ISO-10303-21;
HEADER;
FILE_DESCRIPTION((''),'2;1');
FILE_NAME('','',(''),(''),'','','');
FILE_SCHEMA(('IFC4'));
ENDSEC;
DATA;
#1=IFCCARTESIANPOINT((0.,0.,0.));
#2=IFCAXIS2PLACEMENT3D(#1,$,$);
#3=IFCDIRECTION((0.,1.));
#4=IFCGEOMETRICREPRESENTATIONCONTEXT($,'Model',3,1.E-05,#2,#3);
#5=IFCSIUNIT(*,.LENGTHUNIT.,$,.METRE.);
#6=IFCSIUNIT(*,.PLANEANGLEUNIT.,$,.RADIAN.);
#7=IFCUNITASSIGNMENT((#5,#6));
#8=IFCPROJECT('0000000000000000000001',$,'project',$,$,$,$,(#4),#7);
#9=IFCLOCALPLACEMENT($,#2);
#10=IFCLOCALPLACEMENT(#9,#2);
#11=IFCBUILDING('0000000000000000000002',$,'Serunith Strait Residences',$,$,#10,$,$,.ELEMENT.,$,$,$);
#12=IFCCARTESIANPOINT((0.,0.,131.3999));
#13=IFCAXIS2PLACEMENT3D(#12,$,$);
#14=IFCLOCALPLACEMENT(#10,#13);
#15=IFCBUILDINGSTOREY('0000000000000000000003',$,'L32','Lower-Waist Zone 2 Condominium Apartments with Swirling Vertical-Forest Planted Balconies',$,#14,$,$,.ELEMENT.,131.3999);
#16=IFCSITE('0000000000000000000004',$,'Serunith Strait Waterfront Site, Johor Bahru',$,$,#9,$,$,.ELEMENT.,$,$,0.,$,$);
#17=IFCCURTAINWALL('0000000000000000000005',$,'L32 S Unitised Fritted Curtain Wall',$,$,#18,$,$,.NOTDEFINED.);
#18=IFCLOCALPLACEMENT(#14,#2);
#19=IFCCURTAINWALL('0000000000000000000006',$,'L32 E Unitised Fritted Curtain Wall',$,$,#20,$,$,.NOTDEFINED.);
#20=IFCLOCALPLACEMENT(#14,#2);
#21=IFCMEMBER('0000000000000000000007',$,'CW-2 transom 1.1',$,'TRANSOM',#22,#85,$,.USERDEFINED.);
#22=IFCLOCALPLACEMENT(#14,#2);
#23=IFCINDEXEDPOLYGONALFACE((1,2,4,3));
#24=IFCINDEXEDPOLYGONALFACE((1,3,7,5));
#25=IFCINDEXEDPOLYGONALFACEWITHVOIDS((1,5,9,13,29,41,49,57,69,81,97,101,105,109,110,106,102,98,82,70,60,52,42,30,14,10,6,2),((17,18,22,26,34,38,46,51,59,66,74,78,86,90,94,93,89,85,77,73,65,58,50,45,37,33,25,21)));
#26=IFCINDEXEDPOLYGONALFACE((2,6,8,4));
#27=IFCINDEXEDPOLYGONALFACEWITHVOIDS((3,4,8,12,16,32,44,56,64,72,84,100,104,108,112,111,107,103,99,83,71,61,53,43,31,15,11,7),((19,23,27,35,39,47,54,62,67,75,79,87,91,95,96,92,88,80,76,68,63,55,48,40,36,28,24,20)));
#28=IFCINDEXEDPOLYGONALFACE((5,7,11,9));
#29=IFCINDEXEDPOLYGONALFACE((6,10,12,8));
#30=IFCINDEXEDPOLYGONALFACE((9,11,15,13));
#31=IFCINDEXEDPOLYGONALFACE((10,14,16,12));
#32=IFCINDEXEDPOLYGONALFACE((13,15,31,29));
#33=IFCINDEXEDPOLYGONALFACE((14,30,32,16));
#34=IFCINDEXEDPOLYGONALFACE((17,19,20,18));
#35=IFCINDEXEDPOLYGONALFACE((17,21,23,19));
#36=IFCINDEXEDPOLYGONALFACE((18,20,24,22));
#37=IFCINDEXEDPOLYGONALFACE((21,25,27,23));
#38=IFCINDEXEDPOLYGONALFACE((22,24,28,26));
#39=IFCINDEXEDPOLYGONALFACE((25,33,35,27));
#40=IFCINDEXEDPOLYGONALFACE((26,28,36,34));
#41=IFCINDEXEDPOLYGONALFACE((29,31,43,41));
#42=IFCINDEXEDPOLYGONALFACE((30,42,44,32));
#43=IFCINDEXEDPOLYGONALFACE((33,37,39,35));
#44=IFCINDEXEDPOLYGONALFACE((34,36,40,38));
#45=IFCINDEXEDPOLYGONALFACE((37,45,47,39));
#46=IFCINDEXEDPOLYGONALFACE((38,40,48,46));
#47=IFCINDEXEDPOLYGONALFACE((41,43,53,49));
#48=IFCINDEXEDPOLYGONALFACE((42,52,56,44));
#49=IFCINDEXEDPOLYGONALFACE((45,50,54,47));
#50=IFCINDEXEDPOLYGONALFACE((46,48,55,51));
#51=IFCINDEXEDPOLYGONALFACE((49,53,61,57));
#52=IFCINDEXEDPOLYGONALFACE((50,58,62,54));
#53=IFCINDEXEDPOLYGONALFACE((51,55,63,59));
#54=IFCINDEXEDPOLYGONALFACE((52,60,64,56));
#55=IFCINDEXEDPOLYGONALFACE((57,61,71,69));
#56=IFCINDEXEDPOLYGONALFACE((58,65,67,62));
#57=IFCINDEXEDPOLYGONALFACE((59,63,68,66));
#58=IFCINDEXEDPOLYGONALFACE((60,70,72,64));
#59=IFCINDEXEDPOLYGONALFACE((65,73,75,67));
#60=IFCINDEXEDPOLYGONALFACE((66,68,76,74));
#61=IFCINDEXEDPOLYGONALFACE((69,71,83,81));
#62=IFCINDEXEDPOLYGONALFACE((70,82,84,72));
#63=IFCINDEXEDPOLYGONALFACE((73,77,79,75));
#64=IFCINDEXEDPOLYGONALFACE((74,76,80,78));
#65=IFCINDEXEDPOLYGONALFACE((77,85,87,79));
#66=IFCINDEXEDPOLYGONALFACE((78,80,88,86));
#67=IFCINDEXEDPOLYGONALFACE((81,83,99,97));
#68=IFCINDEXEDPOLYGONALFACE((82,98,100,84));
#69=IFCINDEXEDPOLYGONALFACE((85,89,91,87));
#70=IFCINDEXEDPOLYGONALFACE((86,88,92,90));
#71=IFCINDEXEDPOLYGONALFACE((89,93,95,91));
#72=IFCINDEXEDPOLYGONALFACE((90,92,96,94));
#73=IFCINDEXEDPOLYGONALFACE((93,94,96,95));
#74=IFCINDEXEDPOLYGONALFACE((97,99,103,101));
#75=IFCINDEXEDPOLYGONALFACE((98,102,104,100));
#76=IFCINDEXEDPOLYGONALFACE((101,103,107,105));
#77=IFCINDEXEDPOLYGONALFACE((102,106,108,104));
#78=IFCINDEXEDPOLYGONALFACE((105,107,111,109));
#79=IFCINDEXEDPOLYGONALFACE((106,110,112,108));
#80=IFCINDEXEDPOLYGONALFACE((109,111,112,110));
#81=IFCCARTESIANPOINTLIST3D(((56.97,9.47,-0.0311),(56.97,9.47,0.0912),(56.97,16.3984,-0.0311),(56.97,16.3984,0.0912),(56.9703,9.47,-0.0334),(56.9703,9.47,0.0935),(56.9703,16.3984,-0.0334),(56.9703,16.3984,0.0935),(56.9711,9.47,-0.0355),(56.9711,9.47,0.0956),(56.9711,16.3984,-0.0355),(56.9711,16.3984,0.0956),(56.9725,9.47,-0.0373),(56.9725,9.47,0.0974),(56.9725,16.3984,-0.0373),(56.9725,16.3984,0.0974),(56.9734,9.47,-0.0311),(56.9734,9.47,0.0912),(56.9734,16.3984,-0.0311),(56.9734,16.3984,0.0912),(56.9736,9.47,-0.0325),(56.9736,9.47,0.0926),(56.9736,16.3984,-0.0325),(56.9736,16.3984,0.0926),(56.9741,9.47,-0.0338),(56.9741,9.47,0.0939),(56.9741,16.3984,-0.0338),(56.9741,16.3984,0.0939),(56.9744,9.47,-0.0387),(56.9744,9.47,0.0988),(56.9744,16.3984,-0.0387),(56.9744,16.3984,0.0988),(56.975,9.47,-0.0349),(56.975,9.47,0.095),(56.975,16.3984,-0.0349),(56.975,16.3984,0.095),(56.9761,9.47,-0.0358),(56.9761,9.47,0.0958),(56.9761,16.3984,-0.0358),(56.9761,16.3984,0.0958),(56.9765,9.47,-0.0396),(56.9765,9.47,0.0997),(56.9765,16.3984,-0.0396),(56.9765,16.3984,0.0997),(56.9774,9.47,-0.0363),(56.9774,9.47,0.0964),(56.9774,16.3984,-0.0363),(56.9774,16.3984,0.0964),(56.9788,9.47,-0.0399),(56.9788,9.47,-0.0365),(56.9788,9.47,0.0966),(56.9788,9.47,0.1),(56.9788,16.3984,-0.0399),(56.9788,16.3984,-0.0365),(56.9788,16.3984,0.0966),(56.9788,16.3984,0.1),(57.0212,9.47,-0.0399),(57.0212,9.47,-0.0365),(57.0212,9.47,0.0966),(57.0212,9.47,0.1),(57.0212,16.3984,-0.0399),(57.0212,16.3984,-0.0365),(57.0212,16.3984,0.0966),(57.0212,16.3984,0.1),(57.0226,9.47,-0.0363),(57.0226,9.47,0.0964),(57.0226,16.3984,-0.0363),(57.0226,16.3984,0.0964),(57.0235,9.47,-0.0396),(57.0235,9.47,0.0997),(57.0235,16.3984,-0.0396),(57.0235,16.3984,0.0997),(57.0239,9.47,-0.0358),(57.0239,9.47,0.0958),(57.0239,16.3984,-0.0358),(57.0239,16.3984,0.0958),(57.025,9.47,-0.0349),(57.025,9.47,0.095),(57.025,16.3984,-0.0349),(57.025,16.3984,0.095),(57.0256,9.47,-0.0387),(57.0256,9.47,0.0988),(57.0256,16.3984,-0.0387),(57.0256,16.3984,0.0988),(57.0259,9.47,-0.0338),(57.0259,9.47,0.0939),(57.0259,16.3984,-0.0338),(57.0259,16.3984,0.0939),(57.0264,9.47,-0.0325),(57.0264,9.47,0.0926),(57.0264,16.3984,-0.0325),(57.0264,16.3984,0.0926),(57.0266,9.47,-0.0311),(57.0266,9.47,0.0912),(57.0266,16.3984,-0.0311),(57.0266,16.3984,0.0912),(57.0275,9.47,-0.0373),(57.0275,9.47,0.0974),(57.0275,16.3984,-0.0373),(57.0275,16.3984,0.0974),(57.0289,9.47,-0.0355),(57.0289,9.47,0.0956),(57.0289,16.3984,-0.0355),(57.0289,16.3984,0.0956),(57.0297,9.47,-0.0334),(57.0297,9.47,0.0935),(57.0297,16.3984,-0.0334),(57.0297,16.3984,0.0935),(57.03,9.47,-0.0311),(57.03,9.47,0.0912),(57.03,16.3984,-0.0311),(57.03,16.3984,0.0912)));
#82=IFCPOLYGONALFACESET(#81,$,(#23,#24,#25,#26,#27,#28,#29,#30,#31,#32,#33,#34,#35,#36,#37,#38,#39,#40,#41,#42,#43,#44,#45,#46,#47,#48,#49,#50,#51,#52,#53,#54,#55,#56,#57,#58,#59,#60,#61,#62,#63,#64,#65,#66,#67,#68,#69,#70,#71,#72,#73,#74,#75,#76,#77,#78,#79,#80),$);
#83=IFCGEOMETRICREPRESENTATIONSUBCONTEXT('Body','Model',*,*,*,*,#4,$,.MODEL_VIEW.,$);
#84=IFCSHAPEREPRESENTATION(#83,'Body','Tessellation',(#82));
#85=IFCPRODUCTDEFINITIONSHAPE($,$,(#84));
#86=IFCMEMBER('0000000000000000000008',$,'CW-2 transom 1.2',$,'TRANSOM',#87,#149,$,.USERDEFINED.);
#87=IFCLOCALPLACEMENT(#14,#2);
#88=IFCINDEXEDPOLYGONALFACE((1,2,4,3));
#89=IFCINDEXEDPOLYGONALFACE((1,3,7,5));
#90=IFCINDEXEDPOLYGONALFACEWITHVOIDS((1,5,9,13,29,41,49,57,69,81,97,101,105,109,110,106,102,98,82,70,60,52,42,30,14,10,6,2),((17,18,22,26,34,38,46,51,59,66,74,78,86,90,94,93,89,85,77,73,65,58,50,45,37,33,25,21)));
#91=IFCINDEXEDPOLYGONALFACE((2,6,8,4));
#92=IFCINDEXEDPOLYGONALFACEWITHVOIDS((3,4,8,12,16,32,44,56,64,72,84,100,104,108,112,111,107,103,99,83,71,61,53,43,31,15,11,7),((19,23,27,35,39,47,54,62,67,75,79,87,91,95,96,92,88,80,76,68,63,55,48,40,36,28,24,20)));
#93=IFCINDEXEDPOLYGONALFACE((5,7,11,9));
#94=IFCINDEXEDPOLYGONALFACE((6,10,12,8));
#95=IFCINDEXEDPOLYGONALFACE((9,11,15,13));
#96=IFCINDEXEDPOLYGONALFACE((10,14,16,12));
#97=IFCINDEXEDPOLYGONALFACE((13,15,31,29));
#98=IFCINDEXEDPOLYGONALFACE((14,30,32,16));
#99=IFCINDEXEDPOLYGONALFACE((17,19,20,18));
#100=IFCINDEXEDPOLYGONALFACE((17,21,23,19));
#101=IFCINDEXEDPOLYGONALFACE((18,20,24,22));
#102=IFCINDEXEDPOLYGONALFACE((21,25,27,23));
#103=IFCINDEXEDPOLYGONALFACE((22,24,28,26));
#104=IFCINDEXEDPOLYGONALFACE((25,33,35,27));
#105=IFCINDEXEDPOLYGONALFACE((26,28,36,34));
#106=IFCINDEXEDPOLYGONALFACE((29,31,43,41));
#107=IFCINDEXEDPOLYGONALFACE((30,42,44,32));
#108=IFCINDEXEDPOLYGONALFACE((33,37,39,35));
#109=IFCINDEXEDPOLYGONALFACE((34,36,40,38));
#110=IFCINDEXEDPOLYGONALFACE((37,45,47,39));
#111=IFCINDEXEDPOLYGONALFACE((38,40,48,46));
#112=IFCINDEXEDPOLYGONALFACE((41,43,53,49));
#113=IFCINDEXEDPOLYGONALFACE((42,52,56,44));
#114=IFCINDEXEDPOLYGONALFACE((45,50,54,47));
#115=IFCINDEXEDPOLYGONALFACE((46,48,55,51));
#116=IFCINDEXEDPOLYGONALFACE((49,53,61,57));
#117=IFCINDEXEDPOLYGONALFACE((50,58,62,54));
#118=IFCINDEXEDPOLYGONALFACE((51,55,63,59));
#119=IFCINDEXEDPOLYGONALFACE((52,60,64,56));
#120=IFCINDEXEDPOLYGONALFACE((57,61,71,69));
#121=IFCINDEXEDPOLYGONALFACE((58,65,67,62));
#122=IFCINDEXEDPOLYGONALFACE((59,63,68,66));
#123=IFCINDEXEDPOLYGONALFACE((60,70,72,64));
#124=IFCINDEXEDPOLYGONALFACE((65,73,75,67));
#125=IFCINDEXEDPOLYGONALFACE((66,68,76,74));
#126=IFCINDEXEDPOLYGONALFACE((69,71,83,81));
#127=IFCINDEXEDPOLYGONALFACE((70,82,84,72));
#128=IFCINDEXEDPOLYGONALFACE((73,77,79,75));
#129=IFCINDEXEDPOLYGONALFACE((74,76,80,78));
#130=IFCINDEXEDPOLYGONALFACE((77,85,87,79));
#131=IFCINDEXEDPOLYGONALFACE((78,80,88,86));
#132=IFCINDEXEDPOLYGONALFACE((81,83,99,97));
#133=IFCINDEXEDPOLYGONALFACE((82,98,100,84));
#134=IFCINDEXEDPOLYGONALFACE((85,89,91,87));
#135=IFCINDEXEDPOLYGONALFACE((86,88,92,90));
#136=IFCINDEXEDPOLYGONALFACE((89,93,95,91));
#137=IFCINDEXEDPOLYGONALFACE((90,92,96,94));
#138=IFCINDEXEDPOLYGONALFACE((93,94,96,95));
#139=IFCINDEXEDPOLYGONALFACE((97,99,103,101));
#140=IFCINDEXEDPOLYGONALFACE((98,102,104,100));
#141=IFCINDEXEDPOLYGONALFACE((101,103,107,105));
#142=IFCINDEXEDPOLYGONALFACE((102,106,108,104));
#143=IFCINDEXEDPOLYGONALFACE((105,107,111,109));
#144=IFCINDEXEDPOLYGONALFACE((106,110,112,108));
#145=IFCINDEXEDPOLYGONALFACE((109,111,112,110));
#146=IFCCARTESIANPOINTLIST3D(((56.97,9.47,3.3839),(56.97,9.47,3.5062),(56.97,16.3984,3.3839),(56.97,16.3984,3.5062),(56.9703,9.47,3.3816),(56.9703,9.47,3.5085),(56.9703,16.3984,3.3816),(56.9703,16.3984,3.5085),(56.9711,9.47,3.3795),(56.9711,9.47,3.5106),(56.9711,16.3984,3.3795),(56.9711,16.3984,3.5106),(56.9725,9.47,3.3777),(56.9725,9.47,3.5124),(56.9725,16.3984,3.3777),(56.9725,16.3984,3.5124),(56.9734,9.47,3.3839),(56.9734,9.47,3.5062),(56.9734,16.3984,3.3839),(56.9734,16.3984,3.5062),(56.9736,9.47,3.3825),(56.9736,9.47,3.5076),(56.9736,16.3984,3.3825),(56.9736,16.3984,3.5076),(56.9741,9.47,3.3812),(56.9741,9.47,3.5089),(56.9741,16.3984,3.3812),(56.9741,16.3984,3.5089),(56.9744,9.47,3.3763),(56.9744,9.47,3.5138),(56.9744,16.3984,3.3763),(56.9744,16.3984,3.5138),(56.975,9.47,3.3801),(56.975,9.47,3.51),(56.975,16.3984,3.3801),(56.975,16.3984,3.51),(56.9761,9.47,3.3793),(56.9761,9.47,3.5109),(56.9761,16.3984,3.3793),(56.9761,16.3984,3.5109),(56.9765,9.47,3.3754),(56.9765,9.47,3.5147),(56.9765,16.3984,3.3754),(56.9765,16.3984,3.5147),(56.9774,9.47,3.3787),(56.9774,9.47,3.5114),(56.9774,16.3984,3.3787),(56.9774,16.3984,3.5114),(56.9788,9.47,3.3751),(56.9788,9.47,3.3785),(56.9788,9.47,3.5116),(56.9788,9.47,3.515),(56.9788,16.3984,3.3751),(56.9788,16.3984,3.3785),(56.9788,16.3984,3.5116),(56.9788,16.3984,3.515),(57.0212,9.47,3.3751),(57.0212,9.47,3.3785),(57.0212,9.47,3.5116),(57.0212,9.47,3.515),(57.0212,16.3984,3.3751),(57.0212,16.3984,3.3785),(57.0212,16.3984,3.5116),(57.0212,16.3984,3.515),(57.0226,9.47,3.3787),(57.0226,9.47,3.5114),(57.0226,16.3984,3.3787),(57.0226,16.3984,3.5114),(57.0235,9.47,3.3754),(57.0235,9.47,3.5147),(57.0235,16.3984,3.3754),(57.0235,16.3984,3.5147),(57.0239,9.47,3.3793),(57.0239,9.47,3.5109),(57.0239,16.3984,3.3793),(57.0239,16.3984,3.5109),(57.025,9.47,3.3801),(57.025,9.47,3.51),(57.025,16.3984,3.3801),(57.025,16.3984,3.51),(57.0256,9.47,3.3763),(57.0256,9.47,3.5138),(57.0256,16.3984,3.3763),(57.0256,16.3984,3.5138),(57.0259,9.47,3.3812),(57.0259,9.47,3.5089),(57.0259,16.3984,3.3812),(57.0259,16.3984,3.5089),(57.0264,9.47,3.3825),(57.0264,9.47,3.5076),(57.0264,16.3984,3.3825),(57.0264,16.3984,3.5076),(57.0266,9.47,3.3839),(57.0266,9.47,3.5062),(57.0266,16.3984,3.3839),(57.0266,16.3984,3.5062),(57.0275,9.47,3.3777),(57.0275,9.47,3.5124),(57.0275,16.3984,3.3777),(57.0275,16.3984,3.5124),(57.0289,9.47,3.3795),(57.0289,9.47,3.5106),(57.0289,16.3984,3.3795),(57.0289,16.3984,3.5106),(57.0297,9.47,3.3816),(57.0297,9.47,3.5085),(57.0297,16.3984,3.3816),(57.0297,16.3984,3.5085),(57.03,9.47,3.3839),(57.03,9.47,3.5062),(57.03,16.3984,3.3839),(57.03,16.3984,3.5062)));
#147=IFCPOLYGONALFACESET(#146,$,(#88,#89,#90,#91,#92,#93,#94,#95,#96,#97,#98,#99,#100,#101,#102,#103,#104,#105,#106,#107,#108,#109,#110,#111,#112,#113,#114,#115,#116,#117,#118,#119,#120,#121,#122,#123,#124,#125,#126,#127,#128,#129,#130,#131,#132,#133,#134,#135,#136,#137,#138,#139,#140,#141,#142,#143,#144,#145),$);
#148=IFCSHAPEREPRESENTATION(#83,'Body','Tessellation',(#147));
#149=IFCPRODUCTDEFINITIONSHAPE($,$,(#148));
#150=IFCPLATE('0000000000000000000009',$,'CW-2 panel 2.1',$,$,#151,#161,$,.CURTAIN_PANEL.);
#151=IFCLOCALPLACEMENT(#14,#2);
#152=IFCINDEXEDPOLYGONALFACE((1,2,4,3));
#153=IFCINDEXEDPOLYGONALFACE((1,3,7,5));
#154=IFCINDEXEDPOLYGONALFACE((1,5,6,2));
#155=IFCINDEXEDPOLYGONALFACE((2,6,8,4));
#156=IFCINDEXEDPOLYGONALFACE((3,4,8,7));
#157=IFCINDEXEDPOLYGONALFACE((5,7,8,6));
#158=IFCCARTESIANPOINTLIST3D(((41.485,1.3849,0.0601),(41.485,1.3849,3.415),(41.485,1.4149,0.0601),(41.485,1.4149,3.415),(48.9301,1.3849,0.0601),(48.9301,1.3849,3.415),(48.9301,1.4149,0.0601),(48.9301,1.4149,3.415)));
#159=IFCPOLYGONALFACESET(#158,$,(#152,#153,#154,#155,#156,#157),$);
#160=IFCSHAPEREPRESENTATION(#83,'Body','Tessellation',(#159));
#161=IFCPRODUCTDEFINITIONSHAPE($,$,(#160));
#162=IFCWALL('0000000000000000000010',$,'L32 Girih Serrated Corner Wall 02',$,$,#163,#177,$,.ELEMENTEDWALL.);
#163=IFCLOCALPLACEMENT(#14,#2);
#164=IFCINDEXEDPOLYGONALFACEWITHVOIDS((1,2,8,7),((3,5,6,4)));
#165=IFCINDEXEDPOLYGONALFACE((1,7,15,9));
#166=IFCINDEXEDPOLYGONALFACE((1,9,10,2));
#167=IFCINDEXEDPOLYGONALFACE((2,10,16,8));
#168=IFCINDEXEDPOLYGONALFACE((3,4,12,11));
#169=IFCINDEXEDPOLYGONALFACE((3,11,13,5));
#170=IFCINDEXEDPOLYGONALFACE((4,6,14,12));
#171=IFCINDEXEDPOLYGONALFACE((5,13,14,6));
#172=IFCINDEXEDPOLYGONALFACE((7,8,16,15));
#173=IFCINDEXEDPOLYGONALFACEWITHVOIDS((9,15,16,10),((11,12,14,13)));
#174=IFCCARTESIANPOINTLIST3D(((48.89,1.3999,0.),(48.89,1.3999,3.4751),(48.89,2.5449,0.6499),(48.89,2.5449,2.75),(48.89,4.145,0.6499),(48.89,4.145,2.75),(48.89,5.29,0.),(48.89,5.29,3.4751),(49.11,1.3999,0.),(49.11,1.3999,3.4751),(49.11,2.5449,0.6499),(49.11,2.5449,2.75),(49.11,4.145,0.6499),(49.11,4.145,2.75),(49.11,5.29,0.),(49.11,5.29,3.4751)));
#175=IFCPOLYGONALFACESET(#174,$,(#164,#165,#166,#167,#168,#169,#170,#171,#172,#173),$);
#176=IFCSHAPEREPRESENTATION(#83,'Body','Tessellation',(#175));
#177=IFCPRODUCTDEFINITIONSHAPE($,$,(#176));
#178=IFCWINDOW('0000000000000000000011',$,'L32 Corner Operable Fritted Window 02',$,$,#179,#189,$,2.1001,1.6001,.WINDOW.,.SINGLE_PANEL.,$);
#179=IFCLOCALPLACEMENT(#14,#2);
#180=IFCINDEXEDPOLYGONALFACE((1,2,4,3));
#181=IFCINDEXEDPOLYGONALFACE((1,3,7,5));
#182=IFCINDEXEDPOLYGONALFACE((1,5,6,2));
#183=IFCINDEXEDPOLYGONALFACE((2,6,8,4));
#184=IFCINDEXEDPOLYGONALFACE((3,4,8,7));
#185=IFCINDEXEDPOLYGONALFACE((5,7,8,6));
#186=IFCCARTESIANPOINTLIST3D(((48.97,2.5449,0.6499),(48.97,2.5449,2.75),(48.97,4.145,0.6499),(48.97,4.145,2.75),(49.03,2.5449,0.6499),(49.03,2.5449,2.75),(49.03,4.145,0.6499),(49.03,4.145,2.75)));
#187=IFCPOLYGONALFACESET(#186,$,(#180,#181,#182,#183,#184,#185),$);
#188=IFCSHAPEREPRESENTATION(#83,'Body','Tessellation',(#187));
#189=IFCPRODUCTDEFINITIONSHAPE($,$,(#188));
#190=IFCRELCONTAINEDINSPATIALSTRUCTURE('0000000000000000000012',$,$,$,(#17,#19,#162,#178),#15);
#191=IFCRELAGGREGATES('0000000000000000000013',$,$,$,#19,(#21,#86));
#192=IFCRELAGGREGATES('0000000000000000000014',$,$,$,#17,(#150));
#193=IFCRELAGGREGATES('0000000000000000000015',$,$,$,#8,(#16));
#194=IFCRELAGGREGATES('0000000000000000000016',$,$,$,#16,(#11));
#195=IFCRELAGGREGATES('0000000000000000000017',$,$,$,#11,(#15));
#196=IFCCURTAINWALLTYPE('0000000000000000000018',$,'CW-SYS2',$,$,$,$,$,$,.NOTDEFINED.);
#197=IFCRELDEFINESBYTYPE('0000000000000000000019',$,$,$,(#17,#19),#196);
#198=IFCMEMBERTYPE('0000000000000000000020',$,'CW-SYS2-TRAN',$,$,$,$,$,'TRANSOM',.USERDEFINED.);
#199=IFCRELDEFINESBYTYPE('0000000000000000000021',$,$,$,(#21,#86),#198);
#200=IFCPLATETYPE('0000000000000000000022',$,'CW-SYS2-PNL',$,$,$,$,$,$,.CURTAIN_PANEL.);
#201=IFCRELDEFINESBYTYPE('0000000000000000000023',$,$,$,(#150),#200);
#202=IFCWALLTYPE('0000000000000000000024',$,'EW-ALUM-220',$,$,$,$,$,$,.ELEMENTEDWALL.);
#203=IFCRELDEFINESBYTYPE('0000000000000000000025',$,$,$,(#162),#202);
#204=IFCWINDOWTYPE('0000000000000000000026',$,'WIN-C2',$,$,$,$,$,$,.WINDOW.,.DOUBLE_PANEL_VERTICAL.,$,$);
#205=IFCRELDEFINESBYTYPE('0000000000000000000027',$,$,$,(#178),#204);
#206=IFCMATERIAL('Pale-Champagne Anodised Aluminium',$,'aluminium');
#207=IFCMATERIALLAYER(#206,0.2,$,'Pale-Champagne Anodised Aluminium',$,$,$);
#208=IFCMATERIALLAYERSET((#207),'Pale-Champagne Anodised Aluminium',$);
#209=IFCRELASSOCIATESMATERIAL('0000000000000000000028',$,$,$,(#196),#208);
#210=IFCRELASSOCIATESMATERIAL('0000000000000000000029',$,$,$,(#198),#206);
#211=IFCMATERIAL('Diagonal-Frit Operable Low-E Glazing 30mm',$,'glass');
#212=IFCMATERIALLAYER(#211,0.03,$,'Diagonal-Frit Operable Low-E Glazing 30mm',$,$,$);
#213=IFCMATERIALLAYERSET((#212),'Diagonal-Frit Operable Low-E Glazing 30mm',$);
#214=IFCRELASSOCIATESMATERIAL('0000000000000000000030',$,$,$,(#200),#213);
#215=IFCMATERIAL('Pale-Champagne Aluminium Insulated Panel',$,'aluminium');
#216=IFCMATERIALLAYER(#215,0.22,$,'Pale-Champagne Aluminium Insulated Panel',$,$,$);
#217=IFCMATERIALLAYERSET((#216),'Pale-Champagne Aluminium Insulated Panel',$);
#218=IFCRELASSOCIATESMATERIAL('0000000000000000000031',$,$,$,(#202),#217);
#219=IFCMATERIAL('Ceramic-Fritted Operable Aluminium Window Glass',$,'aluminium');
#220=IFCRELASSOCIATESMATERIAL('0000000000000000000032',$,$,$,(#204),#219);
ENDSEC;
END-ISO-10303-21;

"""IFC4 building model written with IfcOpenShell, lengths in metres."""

from ifc_helpers import new_model, si_unit, direction, frame, frame_2d, origin, origin_2d, place, context, subcontext, project, spatial, rectangle, hollow_rectangle, extrude, source, transform, mapped, material, layer, layer_set, material_profile, profile_set, type_object, element, fill, aggregate, save


model = new_model("IFC4")

# Units and contexts
model_context = context("Model", 3, precision=1e-05, world=origin(), true_north=direction((0.0, 1.0)))
body_context = subcontext(model_context, "Body", "Model", "MODEL_VIEW")
ifc_project = project(units=[si_unit("LENGTHUNIT", "METRE"), si_unit("PLANEANGLEUNIT", "RADIAN")], contexts=[model_context])

# Site, building, storey
site_placement = place(None, origin())
site = spatial("IfcSite", under=ifc_project, at=site_placement, Name="Serunith Strait Waterfront Site, Johor Bahru", CompositionType="ELEMENT", RefElevation=0.0)
building_placement = place(site_placement, origin())
building = spatial("IfcBuilding", under=site, at=building_placement, Name="Serunith Strait Residences", CompositionType="ELEMENT")
storey_placement = place(building_placement, frame((0.0, 0.0, 131.3999)))
storey = spatial("IfcBuildingStorey", under=building, at=storey_placement, Name="L32", Description="Lower-Waist Zone 2 Condominium Apartments with Swirling Vertical-Forest Planted Balconies", CompositionType="ELEMENT", Elevation=131.3999)

# Curtain wall
ifc_material_1 = material(Name="Pale-Champagne Anodised Aluminium", Category="aluminium")
ifc_layer_1 = layer(ifc_material_1, 0.2, Name="Pale-Champagne Anodised Aluminium")
ifc_layer_set_1 = layer_set([ifc_layer_1], Name="Pale-Champagne Anodised Aluminium")
curtain_wall_type = type_object("IfcCurtainWallType", Name="CW-SYS2", PredefinedType="NOTDEFINED", material=ifc_layer_set_1)
curtain_wall_1_placement = place(storey_placement, origin())
curtain_wall_1 = element("IfcCurtainWall", 1, at=curtain_wall_1_placement, inside=storey, type_object=curtain_wall_type, Name="L32 S Unitised Fritted Curtain Wall", PredefinedType="NOTDEFINED")

# Curtain wall, members
curtain_wall_2_placement = place(storey_placement, origin())
curtain_wall_2 = element("IfcCurtainWall", 2, at=curtain_wall_2_placement, inside=storey, type_object=curtain_wall_type, Name="L32 E Unitised Fritted Curtain Wall", PredefinedType="NOTDEFINED")
ifc_material_profile_1 = material_profile(ifc_material_1, hollow_rectangle(XDim=0.0601, YDim=0.1399, WallThickness=0.0034, InnerFilletRadius=0.0054, OuterFilletRadius=0.0088, at=origin_2d()), Name="ALU 140x60x3.5")
ifc_profile_set_1 = profile_set([ifc_material_profile_1], Name="Pale-Champagne Anodised Aluminium")
member_type_1 = type_object("IfcMemberType", Name="CW-SYS2-TRAN", ElementType="TRANSOM", PredefinedType="USERDEFINED", material=ifc_profile_set_1)
shared_shape_1 = source(origin(), body_context, "Body", "SweptSolid", [
    extrude(hollow_rectangle(XDim=0.0601, YDim=0.1399, WallThickness=0.0034, InnerFilletRadius=0.0054, OuterFilletRadius=0.0088, at=origin_2d()), origin(), (0.0, 0.0, 1.0), 6.9285),
])
member_1_placement = place(storey_placement, frame((57.0, 9.47, 0.03), z_axis=(0.0, 1.0, 0.0), x_axis=(-1.0, 0.0, 0.0)))
member_1 = element("IfcMember", 3, at=member_1_placement, type_object=member_type_1, Name="CW-2 transom 1.1", ObjectType="TRANSOM", PredefinedType="USERDEFINED", context=body_context, shape_type="MappedRepresentation", body=[
    mapped(shared_shape_1, transform((0.0, 0.0, 0.0), scale=1.0)),
])
member_2_placement = place(storey_placement, frame((57.0, 9.47, 3.4451), z_axis=(0.0, 1.0, 0.0), x_axis=(-1.0, 0.0, 0.0)))
member_2 = element("IfcMember", 4, at=member_2_placement, type_object=member_type_1, Name="CW-2 transom 1.2", ObjectType="TRANSOM", PredefinedType="USERDEFINED", context=body_context, shape_type="MappedRepresentation", body=[
    mapped(shared_shape_1, transform((0.0, 0.0, 0.0), scale=1.0)),
])
aggregate(curtain_wall_2, [member_1, member_2])

# Plate
ifc_material_2 = material(Name="Diagonal-Frit Operable Low-E Glazing 30mm", Category="glass")
ifc_layer_2 = layer(ifc_material_2, 0.03, Name="Diagonal-Frit Operable Low-E Glazing 30mm")
ifc_layer_set_2 = layer_set([ifc_layer_2], Name="Diagonal-Frit Operable Low-E Glazing 30mm")
plate_type = type_object("IfcPlateType", Name="CW-SYS2-PNL", PredefinedType="CURTAIN_PANEL", material=ifc_layer_set_2)
shared_shape_2 = source(origin(), body_context, "Body", "SweptSolid", [
    extrude(rectangle(XDim=7.4451, YDim=0.03, at=origin_2d()), origin(), (0.0, 0.0, 1.0), 3.355),
])
plate_placement = place(storey_placement, frame((45.2075, 1.3999, 0.0601), z_axis=(0.0, 0.0, 1.0), x_axis=(1.0, 0.0, 0.0)))
plate = element("IfcPlate", 5, at=plate_placement, type_object=plate_type, Name="CW-2 panel 2.1", PredefinedType="CURTAIN_PANEL", context=body_context, shape_type="MappedRepresentation", body=[
    mapped(shared_shape_2, transform((0.0, 0.0, 0.0), scale=1.0)),
])
aggregate(curtain_wall_1, [plate])

# Wall, opening, window
ifc_material_3 = material(Name="Pale-Champagne Aluminium Insulated Panel", Category="aluminium")
ifc_layer_3 = layer(ifc_material_3, 0.22, Name="Pale-Champagne Aluminium Insulated Panel")
ifc_layer_set_3 = layer_set([ifc_layer_3], Name="Pale-Champagne Aluminium Insulated Panel")
wall_type_1 = type_object("IfcWallType", Name="EW-ALUM-220", PredefinedType="ELEMENTEDWALL", material=ifc_layer_set_3)
wall_1_placement = place(storey_placement, frame((49.0, 1.3999, 0.0), z_axis=(0.0, 0.0, 1.0), x_axis=(0.0, 1.0, 0.0)))
wall_1 = element("IfcWall", 6, at=wall_1_placement, inside=storey, type_object=wall_type_1, Name="L32 Girih Serrated Corner Wall 02", PredefinedType="ELEMENTEDWALL", context=body_context, shape_type="SweptSolid", body=[
    extrude(rectangle(XDim=3.8901, YDim=0.22, at=frame_2d((1.9451, 0.0))), origin(), (0.0, 0.0, 1.0), 3.4751),
])
opening_1_placement = place(wall_1_placement, frame((1.145, 0.0, 0.6499)))
opening_1 = element("IfcOpeningElement", 7, at=opening_1_placement, cuts=wall_1, PredefinedType="OPENING", context=body_context, shape_type="SweptSolid", body=[
    extrude(rectangle(XDim=1.6001, YDim=2.1001, at=frame_2d((0.8, 1.05))), frame((0.0, 0.1201, 0.0), z_axis=(0.0, -1.0, 0.0), x_axis=(1.0, 0.0, 0.0)), (0.0, 0.0, 1.0), 0.24),
])
ifc_material_4 = material(Name="Ceramic-Fritted Operable Aluminium Window Glass", Category="aluminium")
window_type = type_object("IfcWindowType", Name="WIN-C2", PartitioningType="DOUBLE_PANEL_VERTICAL", PredefinedType="WINDOW", material=ifc_material_4)
shared_shape_3 = source(origin(), body_context, "Body", "SweptSolid", [
    extrude(rectangle(XDim=1.6001, YDim=2.1001, at=frame_2d((0.8, 1.05))), frame((0.0, 0.03, 0.0), z_axis=(0.0, -1.0, 0.0), x_axis=(1.0, 0.0, 0.0)), (0.0, 0.0, 1.0), 0.0601),
])
window_1_placement = place(opening_1_placement, origin())
window_1 = element("IfcWindow", 8, at=window_1_placement, inside=storey, type_object=window_type, Name="L32 Corner Operable Fritted Window 02", OverallHeight=2.1001, OverallWidth=1.6001, PartitioningType="SINGLE_PANEL", PredefinedType="WINDOW", context=body_context, shape_type="MappedRepresentation", body=[
    mapped(shared_shape_3, transform((0.0, 0.0, 0.0), scale=1.0)),
])
fill(opening_1, window_1)

save(model, "model.ifc")
